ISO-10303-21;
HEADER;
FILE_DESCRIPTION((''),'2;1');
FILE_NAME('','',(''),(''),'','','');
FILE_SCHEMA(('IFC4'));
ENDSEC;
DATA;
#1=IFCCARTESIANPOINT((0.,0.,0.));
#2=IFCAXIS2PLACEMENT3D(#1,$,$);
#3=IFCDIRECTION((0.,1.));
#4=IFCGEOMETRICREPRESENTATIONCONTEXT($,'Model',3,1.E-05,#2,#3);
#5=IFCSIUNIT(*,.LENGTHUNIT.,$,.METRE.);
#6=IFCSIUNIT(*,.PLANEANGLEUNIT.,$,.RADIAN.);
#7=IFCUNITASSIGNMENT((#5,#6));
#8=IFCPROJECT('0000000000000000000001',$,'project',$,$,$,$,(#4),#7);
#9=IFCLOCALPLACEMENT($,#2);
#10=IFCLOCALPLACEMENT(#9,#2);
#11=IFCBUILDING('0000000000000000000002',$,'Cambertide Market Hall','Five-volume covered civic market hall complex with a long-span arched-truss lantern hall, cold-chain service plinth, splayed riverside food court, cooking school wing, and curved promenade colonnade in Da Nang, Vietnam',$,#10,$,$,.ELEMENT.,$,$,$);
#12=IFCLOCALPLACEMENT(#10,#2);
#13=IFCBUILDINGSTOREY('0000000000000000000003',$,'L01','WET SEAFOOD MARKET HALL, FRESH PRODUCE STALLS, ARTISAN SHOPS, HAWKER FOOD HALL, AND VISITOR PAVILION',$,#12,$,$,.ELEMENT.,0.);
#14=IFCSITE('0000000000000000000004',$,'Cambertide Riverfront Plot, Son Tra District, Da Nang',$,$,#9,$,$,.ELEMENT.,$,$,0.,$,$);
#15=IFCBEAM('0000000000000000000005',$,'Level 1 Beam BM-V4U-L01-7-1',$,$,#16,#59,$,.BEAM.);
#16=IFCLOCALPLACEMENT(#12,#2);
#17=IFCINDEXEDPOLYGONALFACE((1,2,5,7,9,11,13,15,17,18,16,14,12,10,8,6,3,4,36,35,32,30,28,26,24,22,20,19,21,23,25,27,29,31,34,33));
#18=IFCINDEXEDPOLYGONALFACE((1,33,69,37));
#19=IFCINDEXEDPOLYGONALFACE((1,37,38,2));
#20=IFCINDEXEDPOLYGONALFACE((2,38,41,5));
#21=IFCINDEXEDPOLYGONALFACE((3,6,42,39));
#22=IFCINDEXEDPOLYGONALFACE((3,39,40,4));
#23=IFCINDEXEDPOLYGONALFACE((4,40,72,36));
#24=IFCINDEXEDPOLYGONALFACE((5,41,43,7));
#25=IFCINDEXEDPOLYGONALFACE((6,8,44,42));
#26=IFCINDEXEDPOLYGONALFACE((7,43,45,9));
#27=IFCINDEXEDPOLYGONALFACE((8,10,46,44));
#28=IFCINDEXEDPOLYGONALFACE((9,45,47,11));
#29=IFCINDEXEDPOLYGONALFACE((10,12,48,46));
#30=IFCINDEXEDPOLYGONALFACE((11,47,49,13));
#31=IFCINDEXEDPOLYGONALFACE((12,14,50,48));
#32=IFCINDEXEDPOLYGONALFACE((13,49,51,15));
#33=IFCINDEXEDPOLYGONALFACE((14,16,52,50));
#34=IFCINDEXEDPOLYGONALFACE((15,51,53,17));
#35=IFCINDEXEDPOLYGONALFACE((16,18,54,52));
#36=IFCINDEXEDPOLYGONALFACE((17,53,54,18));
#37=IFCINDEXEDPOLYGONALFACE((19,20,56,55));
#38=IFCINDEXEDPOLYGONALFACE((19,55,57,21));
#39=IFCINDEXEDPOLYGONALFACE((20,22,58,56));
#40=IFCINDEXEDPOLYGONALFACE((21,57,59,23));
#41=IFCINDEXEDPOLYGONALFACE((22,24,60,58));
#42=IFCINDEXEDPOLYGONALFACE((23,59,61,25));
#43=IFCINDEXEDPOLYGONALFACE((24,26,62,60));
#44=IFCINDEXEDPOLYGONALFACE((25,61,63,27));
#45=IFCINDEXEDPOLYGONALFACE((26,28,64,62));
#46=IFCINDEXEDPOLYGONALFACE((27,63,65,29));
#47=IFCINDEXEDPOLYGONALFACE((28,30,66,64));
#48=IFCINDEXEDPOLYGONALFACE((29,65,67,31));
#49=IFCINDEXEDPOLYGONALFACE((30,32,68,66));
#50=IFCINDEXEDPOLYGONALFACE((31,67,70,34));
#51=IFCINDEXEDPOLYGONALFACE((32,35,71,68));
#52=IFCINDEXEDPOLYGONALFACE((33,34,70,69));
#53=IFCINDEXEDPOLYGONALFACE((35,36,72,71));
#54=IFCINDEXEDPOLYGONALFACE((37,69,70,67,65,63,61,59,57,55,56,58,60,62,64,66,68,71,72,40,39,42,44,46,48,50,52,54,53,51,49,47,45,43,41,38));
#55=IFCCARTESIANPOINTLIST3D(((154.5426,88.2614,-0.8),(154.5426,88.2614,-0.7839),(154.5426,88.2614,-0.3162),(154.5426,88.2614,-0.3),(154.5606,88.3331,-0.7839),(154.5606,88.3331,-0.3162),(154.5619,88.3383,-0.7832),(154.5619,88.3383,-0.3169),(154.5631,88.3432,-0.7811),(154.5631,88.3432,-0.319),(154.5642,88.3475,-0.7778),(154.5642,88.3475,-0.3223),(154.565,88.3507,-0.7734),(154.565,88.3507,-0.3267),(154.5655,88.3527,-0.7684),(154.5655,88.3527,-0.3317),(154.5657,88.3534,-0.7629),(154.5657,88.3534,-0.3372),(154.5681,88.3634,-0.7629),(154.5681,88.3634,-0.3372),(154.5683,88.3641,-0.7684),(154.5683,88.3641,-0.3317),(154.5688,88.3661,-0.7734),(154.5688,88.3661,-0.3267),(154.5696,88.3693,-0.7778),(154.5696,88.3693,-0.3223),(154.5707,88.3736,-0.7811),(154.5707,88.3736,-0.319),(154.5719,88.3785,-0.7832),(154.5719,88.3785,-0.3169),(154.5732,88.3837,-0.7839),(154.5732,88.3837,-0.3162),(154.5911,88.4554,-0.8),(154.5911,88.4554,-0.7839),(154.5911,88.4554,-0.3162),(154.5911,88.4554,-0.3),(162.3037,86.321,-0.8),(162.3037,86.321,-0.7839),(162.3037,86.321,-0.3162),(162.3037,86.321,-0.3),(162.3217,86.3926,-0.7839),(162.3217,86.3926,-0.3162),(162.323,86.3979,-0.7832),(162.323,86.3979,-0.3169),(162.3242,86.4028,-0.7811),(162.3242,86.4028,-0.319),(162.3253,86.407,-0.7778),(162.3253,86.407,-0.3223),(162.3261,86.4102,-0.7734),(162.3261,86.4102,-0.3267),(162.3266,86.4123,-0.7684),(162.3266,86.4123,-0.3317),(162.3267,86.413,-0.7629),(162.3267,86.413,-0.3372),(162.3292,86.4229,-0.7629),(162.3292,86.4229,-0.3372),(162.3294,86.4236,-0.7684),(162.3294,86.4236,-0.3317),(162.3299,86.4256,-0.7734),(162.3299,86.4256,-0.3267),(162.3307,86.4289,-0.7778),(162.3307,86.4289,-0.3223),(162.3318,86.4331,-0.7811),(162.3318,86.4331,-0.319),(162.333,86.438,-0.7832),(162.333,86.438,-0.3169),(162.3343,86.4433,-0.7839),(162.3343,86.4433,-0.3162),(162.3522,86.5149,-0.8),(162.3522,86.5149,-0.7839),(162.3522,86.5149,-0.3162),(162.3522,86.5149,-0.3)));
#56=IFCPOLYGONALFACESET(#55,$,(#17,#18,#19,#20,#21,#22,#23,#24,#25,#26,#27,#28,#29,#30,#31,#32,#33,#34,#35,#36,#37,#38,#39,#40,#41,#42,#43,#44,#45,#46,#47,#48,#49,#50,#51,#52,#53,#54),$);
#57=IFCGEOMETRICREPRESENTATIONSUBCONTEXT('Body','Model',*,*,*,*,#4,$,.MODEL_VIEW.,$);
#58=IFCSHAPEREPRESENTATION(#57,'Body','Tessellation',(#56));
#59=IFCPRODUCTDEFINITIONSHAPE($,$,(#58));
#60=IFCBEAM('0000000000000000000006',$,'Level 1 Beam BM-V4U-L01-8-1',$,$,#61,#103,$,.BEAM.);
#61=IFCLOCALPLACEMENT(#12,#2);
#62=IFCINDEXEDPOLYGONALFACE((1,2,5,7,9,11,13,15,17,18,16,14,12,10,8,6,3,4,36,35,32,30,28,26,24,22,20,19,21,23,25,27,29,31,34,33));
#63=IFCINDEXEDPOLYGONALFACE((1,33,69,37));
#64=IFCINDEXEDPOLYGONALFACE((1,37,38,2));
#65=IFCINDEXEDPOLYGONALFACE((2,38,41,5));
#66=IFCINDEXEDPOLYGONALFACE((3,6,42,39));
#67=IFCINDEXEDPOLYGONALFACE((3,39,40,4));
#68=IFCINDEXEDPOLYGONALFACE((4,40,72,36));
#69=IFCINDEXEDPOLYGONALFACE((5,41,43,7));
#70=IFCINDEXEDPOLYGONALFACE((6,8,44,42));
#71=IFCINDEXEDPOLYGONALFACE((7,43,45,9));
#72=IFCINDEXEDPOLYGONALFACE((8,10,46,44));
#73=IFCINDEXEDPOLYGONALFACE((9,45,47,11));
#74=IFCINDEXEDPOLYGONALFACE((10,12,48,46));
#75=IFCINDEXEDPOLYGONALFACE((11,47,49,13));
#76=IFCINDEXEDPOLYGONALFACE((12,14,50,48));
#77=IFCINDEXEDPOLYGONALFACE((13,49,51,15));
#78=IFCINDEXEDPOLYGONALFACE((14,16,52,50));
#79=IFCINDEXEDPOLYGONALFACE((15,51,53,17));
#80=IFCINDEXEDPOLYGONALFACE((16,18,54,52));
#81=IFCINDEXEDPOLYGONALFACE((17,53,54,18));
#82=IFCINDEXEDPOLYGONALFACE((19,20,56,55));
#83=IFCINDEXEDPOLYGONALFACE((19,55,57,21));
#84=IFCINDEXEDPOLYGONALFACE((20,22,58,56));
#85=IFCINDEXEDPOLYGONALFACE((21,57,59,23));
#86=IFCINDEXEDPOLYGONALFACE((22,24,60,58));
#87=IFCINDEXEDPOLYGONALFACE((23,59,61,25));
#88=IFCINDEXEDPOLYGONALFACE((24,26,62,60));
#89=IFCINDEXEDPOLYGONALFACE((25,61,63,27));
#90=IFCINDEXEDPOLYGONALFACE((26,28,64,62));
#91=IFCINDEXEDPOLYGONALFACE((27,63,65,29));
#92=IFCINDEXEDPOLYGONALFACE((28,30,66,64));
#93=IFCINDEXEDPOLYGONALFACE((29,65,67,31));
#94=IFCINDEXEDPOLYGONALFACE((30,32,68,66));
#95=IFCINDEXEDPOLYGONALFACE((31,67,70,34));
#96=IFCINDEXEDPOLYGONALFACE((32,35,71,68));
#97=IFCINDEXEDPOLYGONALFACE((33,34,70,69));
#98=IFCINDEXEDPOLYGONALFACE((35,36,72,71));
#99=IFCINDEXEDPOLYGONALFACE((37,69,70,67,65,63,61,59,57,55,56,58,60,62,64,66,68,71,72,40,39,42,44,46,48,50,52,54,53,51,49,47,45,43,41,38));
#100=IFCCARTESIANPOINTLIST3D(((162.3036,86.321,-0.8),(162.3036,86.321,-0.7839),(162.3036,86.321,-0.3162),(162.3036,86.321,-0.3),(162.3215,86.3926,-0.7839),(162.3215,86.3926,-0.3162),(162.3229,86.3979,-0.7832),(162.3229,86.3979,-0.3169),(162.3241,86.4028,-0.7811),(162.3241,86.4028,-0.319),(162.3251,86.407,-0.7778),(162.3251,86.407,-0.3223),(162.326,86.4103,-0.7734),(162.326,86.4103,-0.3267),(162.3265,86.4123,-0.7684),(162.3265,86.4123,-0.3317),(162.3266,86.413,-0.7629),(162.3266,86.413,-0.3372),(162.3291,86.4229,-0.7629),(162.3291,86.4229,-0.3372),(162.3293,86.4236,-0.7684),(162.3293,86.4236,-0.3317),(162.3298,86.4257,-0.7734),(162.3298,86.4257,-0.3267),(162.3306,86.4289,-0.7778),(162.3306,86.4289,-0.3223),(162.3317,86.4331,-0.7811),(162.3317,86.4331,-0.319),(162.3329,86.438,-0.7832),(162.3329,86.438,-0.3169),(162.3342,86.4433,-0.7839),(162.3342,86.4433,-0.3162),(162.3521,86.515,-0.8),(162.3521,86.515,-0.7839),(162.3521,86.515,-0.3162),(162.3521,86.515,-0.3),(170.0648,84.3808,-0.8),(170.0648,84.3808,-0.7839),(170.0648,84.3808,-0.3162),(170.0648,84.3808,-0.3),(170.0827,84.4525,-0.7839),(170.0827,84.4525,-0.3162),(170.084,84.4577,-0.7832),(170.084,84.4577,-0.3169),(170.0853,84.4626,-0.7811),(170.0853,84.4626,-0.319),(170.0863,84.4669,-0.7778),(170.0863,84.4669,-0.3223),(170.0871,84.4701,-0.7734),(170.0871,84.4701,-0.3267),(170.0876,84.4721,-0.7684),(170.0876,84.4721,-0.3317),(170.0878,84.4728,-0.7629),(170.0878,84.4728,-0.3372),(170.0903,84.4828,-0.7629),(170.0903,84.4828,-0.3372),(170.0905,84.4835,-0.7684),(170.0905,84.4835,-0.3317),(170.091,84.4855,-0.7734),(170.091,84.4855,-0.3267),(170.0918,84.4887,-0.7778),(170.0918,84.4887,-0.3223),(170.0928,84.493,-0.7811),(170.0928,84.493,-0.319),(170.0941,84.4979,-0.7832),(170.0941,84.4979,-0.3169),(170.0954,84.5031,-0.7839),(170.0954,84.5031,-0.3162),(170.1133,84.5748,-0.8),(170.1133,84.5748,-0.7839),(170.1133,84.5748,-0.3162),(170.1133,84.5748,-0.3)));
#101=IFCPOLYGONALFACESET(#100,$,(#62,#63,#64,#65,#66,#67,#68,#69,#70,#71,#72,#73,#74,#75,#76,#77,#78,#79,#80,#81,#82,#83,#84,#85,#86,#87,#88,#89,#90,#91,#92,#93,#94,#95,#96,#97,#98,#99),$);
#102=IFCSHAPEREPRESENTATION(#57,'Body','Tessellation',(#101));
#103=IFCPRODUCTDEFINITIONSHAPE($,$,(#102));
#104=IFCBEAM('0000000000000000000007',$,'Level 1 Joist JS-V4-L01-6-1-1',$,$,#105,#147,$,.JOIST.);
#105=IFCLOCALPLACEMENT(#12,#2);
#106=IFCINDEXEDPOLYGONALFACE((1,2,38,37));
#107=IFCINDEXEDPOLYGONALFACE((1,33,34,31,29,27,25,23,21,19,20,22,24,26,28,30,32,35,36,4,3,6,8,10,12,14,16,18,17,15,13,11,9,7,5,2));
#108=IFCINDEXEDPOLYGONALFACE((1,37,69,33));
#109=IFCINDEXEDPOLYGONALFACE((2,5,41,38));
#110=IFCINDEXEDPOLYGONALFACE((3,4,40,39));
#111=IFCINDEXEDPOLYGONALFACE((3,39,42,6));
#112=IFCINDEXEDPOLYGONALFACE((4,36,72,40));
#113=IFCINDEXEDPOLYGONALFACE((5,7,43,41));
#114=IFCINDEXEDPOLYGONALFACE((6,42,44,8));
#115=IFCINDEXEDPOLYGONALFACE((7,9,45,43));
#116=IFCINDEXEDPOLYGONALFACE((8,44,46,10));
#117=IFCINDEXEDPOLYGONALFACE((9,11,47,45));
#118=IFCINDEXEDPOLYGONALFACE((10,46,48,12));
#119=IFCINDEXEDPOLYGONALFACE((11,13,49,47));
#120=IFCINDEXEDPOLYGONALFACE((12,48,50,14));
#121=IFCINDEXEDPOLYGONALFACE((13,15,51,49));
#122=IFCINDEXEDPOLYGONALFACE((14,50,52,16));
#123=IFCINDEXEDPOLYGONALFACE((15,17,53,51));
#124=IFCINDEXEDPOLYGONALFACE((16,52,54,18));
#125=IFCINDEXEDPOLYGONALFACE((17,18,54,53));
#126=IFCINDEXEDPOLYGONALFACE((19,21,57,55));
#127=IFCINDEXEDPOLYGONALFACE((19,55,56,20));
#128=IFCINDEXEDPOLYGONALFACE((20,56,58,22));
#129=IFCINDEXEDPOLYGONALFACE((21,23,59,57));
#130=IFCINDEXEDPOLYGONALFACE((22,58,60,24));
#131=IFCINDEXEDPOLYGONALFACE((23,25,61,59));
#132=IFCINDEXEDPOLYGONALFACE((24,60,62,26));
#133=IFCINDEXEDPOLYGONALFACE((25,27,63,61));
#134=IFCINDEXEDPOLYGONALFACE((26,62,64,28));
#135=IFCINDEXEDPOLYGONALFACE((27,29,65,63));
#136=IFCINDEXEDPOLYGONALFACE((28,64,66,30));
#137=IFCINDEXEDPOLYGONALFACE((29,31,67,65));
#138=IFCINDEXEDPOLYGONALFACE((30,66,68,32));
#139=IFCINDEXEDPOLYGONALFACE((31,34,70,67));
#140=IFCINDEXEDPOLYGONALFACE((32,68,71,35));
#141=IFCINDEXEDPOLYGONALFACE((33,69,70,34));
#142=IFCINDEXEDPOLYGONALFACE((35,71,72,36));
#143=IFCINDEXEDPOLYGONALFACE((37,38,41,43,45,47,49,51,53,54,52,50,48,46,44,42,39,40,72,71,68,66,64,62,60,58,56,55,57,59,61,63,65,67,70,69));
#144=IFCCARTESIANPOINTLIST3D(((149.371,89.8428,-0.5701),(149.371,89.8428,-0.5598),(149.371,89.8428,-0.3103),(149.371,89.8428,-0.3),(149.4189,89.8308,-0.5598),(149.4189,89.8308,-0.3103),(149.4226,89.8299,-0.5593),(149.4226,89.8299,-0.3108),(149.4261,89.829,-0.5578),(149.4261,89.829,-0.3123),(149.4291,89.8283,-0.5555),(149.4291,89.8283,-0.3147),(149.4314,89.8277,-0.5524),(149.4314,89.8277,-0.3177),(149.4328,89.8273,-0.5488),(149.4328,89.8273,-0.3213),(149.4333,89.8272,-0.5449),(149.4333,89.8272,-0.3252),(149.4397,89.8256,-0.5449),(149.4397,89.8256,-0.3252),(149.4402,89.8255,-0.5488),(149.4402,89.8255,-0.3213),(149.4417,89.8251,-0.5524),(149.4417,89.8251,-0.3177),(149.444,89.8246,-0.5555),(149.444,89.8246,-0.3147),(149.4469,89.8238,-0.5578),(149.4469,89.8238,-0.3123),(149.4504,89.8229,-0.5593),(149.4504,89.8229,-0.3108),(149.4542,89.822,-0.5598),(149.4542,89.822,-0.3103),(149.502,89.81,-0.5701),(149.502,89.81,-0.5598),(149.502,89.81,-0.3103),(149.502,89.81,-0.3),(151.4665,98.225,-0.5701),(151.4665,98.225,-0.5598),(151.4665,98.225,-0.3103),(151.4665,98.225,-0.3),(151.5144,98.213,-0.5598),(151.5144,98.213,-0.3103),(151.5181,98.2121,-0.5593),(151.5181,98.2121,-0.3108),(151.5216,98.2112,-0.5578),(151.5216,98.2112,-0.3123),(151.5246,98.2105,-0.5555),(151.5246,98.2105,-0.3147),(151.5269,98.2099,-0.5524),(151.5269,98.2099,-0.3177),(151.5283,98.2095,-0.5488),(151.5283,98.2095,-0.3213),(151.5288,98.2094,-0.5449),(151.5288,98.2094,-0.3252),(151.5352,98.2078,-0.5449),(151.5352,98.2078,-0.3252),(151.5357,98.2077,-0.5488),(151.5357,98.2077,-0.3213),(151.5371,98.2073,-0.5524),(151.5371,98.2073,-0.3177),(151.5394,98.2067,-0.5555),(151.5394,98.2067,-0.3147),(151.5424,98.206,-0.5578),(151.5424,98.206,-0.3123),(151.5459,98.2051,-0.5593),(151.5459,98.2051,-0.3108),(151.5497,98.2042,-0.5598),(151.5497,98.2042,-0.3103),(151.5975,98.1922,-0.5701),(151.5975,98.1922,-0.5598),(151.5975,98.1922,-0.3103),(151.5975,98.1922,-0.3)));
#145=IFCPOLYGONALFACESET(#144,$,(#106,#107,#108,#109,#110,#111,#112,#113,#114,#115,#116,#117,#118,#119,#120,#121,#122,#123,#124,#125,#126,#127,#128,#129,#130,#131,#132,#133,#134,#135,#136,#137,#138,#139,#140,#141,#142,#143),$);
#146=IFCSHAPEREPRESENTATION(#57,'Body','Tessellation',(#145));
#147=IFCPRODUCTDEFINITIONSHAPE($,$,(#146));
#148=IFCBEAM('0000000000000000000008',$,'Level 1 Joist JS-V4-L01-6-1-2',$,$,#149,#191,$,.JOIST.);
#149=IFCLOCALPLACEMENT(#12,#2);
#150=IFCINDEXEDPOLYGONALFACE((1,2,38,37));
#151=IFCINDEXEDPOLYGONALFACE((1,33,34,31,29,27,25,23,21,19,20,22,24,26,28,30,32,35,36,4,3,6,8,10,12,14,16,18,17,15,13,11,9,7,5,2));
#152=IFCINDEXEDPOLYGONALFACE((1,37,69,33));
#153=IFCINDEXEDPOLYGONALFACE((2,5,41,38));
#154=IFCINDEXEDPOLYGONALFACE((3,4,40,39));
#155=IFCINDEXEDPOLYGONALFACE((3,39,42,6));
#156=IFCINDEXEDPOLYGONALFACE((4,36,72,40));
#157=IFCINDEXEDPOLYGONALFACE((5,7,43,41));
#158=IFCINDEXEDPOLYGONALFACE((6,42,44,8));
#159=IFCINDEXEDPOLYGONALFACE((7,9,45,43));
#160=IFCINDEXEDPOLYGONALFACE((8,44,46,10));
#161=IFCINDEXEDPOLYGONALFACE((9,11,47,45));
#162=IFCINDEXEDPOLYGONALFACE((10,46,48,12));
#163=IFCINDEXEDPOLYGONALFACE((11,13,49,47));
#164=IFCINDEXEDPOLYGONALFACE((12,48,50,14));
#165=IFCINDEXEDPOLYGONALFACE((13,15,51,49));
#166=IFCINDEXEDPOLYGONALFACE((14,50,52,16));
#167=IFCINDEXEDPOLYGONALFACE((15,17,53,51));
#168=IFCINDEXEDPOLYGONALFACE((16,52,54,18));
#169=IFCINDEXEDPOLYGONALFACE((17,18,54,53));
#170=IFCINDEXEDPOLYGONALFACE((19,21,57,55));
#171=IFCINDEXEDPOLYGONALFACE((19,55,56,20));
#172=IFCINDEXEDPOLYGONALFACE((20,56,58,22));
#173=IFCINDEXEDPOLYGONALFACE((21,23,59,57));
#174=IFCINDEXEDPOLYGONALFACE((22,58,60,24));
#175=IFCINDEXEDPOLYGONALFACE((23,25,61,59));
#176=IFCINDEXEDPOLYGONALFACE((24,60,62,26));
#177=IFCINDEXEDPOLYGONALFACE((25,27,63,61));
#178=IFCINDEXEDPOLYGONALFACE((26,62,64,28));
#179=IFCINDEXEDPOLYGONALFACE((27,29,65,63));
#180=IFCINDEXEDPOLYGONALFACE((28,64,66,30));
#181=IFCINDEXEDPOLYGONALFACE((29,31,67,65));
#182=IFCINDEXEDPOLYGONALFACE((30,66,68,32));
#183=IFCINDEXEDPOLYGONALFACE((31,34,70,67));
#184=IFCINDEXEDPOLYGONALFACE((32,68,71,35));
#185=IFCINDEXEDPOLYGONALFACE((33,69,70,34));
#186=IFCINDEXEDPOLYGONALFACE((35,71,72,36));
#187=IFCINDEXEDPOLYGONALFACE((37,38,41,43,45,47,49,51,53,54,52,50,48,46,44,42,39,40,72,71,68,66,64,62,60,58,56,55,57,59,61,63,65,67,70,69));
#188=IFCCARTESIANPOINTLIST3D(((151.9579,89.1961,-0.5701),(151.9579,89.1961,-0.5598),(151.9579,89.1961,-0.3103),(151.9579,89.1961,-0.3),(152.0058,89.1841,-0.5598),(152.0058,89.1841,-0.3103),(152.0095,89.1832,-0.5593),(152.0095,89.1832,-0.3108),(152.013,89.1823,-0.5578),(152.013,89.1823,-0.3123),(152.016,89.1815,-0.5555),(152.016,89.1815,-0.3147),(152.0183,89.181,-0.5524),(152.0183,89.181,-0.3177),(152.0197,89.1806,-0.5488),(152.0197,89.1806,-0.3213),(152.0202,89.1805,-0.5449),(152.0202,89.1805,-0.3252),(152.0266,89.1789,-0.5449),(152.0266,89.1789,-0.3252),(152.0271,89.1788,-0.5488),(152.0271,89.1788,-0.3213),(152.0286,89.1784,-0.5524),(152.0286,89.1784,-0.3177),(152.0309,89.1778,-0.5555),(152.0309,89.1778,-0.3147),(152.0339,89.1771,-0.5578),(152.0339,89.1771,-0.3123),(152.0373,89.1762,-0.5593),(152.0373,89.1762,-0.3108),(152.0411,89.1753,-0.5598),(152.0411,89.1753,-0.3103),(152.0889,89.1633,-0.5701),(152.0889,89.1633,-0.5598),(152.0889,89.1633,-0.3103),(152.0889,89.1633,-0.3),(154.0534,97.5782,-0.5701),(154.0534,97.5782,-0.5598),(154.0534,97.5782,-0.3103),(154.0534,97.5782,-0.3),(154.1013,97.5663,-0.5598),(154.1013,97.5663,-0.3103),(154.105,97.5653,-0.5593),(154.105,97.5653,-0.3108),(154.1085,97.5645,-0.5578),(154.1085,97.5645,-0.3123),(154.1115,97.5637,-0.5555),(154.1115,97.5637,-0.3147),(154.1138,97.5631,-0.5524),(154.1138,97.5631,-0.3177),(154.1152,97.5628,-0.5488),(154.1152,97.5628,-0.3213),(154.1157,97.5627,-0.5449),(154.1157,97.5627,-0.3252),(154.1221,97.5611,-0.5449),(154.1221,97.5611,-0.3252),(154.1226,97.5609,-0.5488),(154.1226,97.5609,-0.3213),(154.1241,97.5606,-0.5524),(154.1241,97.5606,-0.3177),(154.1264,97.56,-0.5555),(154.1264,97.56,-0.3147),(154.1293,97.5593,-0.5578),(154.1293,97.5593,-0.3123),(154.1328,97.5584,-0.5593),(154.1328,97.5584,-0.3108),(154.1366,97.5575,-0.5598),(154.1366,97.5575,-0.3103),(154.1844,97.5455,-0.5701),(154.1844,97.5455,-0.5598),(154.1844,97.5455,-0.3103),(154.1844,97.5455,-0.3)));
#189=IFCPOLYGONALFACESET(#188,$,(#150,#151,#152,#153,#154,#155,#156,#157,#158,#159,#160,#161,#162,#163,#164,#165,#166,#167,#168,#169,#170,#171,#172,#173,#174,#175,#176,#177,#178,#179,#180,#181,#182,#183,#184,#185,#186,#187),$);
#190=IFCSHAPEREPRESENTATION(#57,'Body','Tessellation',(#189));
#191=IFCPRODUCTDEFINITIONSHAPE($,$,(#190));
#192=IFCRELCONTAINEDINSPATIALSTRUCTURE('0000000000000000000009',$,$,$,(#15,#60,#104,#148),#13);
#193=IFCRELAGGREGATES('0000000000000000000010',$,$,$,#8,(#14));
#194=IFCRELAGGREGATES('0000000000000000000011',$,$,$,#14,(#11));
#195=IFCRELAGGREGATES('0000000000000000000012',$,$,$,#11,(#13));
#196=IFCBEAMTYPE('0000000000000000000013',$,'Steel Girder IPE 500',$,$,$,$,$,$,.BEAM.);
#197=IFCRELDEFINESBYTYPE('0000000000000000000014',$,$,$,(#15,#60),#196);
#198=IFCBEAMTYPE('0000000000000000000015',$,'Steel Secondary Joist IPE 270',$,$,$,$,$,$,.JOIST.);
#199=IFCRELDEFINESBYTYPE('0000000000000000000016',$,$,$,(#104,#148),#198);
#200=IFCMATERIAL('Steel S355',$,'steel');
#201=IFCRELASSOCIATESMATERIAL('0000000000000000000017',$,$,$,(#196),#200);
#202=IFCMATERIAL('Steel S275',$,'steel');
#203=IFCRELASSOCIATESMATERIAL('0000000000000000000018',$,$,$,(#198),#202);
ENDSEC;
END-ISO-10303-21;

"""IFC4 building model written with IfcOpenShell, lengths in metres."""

from ifc_helpers import new_model, si_unit, direction, frame, origin, origin_2d, place, context, subcontext, project, spatial, i_section, extrude, material, material_profile, profile_set, type_object, element, save


model = new_model("IFC4")

# Units and contexts
model_context = context("Model", 3, precision=1e-05, world=origin(), true_north=direction((0.0, 1.0)))
body_context = subcontext(model_context, "Body", "Model", "MODEL_VIEW")
ifc_project = project(units=[si_unit("LENGTHUNIT", "METRE"), si_unit("PLANEANGLEUNIT", "RADIAN")], contexts=[model_context])

# Site, building, storey
site_placement = place(None, origin())
site = spatial("IfcSite", under=ifc_project, at=site_placement, Name="Cambertide Riverfront Plot, Son Tra District, Da Nang", CompositionType="ELEMENT", RefElevation=0.0)
building_placement = place(site_placement, origin())
building = spatial("IfcBuilding", under=site, at=building_placement, Name="Cambertide Market Hall", Description="Five-volume covered civic market hall complex with a long-span arched-truss lantern hall, cold-chain service plinth, splayed riverside food court, cooking school wing, and curved promenade colonnade in Da Nang, Vietnam", CompositionType="ELEMENT")
storey_placement = place(building_placement, origin())
storey = spatial("IfcBuildingStorey", under=building, at=storey_placement, Name="L01", Description="WET SEAFOOD MARKET HALL, FRESH PRODUCE STALLS, ARTISAN SHOPS, HAWKER FOOD HALL, AND VISITOR PAVILION", CompositionType="ELEMENT", Elevation=0.0)

# Beams
ifc_material_1 = material(Name="Steel S355", Category="steel")
ifc_material_profile_1 = material_profile(ifc_material_1, i_section(OverallWidth=0.2, OverallDepth=0.5, WebThickness=0.0103, FlangeThickness=0.0161, FilletRadius=0.021, at=origin_2d()), Name="IPE 500")
ifc_profile_set_1 = profile_set([ifc_material_profile_1], Name="Steel S355")
beam_type_1 = type_object("IfcBeamType", Name="Steel Girder IPE 500", PredefinedType="BEAM", material=ifc_profile_set_1)
for number, where, z_axis, x_axis, name in (
    (1, (154.5669, 88.3584, -0.55), (0.970137, -0.242557, 0.0), (0.242557, 0.970137, 0.0), "Level 1 Beam BM-V4U-L01-7-1"),
    (2, (162.3279, 86.418, -0.55), (0.970146, -0.242521, 0.0), (0.242521, 0.970146, 0.0), "Level 1 Beam BM-V4U-L01-8-1"),
):
    element("IfcBeam", number, at=place(storey_placement, frame(where, z_axis=z_axis, x_axis=x_axis)), inside=storey, type_object=beam_type_1, Name=name, PredefinedType="BEAM", context=body_context, shape_type="SweptSolid", body=[
        extrude(i_section(OverallWidth=0.2, OverallDepth=0.5, WebThickness=0.0103, FlangeThickness=0.0161, FilletRadius=0.021, at=origin_2d()), origin(), (0.0, 0.0, 1.0), 8.0),
    ])
ifc_material_2 = material(Name="Steel S275", Category="steel")
ifc_material_profile_2 = material_profile(ifc_material_2, i_section(OverallWidth=0.135, OverallDepth=0.27, WebThickness=0.0066, FlangeThickness=0.0103, FilletRadius=0.0149, at=origin_2d()), Name="IPE 270")
ifc_profile_set_2 = profile_set([ifc_material_profile_2], Name="Steel S275")
beam_type_2 = type_object("IfcBeamType", Name="Steel Secondary Joist IPE 270", PredefinedType="JOIST", material=ifc_profile_set_2)
for number, where, z_axis, x_axis, name in (
    (3, (149.4365, 89.8264, -0.4351), (0.242529, 0.970144, 0.0), (-0.970144, 0.242529, 0.0), "Level 1 Joist JS-V4-L01-6-1-1"),
    (4, (152.0234, 89.1797, -0.4351), (0.242529, 0.970144, 0.0), (-0.970144, 0.242529, 0.0), "Level 1 Joist JS-V4-L01-6-1-2"),
):
    element("IfcBeam", number, at=place(storey_placement, frame(where, z_axis=z_axis, x_axis=x_axis)), inside=storey, type_object=beam_type_2, Name=name, PredefinedType="JOIST", context=body_context, shape_type="SweptSolid", body=[
        extrude(i_section(OverallWidth=0.135, OverallDepth=0.27, WebThickness=0.0066, FlangeThickness=0.0103, FilletRadius=0.0149, at=origin_2d()), origin(), (0.0, 0.0, 1.0), 8.6401),
    ])

save(model, "model.ifc")
